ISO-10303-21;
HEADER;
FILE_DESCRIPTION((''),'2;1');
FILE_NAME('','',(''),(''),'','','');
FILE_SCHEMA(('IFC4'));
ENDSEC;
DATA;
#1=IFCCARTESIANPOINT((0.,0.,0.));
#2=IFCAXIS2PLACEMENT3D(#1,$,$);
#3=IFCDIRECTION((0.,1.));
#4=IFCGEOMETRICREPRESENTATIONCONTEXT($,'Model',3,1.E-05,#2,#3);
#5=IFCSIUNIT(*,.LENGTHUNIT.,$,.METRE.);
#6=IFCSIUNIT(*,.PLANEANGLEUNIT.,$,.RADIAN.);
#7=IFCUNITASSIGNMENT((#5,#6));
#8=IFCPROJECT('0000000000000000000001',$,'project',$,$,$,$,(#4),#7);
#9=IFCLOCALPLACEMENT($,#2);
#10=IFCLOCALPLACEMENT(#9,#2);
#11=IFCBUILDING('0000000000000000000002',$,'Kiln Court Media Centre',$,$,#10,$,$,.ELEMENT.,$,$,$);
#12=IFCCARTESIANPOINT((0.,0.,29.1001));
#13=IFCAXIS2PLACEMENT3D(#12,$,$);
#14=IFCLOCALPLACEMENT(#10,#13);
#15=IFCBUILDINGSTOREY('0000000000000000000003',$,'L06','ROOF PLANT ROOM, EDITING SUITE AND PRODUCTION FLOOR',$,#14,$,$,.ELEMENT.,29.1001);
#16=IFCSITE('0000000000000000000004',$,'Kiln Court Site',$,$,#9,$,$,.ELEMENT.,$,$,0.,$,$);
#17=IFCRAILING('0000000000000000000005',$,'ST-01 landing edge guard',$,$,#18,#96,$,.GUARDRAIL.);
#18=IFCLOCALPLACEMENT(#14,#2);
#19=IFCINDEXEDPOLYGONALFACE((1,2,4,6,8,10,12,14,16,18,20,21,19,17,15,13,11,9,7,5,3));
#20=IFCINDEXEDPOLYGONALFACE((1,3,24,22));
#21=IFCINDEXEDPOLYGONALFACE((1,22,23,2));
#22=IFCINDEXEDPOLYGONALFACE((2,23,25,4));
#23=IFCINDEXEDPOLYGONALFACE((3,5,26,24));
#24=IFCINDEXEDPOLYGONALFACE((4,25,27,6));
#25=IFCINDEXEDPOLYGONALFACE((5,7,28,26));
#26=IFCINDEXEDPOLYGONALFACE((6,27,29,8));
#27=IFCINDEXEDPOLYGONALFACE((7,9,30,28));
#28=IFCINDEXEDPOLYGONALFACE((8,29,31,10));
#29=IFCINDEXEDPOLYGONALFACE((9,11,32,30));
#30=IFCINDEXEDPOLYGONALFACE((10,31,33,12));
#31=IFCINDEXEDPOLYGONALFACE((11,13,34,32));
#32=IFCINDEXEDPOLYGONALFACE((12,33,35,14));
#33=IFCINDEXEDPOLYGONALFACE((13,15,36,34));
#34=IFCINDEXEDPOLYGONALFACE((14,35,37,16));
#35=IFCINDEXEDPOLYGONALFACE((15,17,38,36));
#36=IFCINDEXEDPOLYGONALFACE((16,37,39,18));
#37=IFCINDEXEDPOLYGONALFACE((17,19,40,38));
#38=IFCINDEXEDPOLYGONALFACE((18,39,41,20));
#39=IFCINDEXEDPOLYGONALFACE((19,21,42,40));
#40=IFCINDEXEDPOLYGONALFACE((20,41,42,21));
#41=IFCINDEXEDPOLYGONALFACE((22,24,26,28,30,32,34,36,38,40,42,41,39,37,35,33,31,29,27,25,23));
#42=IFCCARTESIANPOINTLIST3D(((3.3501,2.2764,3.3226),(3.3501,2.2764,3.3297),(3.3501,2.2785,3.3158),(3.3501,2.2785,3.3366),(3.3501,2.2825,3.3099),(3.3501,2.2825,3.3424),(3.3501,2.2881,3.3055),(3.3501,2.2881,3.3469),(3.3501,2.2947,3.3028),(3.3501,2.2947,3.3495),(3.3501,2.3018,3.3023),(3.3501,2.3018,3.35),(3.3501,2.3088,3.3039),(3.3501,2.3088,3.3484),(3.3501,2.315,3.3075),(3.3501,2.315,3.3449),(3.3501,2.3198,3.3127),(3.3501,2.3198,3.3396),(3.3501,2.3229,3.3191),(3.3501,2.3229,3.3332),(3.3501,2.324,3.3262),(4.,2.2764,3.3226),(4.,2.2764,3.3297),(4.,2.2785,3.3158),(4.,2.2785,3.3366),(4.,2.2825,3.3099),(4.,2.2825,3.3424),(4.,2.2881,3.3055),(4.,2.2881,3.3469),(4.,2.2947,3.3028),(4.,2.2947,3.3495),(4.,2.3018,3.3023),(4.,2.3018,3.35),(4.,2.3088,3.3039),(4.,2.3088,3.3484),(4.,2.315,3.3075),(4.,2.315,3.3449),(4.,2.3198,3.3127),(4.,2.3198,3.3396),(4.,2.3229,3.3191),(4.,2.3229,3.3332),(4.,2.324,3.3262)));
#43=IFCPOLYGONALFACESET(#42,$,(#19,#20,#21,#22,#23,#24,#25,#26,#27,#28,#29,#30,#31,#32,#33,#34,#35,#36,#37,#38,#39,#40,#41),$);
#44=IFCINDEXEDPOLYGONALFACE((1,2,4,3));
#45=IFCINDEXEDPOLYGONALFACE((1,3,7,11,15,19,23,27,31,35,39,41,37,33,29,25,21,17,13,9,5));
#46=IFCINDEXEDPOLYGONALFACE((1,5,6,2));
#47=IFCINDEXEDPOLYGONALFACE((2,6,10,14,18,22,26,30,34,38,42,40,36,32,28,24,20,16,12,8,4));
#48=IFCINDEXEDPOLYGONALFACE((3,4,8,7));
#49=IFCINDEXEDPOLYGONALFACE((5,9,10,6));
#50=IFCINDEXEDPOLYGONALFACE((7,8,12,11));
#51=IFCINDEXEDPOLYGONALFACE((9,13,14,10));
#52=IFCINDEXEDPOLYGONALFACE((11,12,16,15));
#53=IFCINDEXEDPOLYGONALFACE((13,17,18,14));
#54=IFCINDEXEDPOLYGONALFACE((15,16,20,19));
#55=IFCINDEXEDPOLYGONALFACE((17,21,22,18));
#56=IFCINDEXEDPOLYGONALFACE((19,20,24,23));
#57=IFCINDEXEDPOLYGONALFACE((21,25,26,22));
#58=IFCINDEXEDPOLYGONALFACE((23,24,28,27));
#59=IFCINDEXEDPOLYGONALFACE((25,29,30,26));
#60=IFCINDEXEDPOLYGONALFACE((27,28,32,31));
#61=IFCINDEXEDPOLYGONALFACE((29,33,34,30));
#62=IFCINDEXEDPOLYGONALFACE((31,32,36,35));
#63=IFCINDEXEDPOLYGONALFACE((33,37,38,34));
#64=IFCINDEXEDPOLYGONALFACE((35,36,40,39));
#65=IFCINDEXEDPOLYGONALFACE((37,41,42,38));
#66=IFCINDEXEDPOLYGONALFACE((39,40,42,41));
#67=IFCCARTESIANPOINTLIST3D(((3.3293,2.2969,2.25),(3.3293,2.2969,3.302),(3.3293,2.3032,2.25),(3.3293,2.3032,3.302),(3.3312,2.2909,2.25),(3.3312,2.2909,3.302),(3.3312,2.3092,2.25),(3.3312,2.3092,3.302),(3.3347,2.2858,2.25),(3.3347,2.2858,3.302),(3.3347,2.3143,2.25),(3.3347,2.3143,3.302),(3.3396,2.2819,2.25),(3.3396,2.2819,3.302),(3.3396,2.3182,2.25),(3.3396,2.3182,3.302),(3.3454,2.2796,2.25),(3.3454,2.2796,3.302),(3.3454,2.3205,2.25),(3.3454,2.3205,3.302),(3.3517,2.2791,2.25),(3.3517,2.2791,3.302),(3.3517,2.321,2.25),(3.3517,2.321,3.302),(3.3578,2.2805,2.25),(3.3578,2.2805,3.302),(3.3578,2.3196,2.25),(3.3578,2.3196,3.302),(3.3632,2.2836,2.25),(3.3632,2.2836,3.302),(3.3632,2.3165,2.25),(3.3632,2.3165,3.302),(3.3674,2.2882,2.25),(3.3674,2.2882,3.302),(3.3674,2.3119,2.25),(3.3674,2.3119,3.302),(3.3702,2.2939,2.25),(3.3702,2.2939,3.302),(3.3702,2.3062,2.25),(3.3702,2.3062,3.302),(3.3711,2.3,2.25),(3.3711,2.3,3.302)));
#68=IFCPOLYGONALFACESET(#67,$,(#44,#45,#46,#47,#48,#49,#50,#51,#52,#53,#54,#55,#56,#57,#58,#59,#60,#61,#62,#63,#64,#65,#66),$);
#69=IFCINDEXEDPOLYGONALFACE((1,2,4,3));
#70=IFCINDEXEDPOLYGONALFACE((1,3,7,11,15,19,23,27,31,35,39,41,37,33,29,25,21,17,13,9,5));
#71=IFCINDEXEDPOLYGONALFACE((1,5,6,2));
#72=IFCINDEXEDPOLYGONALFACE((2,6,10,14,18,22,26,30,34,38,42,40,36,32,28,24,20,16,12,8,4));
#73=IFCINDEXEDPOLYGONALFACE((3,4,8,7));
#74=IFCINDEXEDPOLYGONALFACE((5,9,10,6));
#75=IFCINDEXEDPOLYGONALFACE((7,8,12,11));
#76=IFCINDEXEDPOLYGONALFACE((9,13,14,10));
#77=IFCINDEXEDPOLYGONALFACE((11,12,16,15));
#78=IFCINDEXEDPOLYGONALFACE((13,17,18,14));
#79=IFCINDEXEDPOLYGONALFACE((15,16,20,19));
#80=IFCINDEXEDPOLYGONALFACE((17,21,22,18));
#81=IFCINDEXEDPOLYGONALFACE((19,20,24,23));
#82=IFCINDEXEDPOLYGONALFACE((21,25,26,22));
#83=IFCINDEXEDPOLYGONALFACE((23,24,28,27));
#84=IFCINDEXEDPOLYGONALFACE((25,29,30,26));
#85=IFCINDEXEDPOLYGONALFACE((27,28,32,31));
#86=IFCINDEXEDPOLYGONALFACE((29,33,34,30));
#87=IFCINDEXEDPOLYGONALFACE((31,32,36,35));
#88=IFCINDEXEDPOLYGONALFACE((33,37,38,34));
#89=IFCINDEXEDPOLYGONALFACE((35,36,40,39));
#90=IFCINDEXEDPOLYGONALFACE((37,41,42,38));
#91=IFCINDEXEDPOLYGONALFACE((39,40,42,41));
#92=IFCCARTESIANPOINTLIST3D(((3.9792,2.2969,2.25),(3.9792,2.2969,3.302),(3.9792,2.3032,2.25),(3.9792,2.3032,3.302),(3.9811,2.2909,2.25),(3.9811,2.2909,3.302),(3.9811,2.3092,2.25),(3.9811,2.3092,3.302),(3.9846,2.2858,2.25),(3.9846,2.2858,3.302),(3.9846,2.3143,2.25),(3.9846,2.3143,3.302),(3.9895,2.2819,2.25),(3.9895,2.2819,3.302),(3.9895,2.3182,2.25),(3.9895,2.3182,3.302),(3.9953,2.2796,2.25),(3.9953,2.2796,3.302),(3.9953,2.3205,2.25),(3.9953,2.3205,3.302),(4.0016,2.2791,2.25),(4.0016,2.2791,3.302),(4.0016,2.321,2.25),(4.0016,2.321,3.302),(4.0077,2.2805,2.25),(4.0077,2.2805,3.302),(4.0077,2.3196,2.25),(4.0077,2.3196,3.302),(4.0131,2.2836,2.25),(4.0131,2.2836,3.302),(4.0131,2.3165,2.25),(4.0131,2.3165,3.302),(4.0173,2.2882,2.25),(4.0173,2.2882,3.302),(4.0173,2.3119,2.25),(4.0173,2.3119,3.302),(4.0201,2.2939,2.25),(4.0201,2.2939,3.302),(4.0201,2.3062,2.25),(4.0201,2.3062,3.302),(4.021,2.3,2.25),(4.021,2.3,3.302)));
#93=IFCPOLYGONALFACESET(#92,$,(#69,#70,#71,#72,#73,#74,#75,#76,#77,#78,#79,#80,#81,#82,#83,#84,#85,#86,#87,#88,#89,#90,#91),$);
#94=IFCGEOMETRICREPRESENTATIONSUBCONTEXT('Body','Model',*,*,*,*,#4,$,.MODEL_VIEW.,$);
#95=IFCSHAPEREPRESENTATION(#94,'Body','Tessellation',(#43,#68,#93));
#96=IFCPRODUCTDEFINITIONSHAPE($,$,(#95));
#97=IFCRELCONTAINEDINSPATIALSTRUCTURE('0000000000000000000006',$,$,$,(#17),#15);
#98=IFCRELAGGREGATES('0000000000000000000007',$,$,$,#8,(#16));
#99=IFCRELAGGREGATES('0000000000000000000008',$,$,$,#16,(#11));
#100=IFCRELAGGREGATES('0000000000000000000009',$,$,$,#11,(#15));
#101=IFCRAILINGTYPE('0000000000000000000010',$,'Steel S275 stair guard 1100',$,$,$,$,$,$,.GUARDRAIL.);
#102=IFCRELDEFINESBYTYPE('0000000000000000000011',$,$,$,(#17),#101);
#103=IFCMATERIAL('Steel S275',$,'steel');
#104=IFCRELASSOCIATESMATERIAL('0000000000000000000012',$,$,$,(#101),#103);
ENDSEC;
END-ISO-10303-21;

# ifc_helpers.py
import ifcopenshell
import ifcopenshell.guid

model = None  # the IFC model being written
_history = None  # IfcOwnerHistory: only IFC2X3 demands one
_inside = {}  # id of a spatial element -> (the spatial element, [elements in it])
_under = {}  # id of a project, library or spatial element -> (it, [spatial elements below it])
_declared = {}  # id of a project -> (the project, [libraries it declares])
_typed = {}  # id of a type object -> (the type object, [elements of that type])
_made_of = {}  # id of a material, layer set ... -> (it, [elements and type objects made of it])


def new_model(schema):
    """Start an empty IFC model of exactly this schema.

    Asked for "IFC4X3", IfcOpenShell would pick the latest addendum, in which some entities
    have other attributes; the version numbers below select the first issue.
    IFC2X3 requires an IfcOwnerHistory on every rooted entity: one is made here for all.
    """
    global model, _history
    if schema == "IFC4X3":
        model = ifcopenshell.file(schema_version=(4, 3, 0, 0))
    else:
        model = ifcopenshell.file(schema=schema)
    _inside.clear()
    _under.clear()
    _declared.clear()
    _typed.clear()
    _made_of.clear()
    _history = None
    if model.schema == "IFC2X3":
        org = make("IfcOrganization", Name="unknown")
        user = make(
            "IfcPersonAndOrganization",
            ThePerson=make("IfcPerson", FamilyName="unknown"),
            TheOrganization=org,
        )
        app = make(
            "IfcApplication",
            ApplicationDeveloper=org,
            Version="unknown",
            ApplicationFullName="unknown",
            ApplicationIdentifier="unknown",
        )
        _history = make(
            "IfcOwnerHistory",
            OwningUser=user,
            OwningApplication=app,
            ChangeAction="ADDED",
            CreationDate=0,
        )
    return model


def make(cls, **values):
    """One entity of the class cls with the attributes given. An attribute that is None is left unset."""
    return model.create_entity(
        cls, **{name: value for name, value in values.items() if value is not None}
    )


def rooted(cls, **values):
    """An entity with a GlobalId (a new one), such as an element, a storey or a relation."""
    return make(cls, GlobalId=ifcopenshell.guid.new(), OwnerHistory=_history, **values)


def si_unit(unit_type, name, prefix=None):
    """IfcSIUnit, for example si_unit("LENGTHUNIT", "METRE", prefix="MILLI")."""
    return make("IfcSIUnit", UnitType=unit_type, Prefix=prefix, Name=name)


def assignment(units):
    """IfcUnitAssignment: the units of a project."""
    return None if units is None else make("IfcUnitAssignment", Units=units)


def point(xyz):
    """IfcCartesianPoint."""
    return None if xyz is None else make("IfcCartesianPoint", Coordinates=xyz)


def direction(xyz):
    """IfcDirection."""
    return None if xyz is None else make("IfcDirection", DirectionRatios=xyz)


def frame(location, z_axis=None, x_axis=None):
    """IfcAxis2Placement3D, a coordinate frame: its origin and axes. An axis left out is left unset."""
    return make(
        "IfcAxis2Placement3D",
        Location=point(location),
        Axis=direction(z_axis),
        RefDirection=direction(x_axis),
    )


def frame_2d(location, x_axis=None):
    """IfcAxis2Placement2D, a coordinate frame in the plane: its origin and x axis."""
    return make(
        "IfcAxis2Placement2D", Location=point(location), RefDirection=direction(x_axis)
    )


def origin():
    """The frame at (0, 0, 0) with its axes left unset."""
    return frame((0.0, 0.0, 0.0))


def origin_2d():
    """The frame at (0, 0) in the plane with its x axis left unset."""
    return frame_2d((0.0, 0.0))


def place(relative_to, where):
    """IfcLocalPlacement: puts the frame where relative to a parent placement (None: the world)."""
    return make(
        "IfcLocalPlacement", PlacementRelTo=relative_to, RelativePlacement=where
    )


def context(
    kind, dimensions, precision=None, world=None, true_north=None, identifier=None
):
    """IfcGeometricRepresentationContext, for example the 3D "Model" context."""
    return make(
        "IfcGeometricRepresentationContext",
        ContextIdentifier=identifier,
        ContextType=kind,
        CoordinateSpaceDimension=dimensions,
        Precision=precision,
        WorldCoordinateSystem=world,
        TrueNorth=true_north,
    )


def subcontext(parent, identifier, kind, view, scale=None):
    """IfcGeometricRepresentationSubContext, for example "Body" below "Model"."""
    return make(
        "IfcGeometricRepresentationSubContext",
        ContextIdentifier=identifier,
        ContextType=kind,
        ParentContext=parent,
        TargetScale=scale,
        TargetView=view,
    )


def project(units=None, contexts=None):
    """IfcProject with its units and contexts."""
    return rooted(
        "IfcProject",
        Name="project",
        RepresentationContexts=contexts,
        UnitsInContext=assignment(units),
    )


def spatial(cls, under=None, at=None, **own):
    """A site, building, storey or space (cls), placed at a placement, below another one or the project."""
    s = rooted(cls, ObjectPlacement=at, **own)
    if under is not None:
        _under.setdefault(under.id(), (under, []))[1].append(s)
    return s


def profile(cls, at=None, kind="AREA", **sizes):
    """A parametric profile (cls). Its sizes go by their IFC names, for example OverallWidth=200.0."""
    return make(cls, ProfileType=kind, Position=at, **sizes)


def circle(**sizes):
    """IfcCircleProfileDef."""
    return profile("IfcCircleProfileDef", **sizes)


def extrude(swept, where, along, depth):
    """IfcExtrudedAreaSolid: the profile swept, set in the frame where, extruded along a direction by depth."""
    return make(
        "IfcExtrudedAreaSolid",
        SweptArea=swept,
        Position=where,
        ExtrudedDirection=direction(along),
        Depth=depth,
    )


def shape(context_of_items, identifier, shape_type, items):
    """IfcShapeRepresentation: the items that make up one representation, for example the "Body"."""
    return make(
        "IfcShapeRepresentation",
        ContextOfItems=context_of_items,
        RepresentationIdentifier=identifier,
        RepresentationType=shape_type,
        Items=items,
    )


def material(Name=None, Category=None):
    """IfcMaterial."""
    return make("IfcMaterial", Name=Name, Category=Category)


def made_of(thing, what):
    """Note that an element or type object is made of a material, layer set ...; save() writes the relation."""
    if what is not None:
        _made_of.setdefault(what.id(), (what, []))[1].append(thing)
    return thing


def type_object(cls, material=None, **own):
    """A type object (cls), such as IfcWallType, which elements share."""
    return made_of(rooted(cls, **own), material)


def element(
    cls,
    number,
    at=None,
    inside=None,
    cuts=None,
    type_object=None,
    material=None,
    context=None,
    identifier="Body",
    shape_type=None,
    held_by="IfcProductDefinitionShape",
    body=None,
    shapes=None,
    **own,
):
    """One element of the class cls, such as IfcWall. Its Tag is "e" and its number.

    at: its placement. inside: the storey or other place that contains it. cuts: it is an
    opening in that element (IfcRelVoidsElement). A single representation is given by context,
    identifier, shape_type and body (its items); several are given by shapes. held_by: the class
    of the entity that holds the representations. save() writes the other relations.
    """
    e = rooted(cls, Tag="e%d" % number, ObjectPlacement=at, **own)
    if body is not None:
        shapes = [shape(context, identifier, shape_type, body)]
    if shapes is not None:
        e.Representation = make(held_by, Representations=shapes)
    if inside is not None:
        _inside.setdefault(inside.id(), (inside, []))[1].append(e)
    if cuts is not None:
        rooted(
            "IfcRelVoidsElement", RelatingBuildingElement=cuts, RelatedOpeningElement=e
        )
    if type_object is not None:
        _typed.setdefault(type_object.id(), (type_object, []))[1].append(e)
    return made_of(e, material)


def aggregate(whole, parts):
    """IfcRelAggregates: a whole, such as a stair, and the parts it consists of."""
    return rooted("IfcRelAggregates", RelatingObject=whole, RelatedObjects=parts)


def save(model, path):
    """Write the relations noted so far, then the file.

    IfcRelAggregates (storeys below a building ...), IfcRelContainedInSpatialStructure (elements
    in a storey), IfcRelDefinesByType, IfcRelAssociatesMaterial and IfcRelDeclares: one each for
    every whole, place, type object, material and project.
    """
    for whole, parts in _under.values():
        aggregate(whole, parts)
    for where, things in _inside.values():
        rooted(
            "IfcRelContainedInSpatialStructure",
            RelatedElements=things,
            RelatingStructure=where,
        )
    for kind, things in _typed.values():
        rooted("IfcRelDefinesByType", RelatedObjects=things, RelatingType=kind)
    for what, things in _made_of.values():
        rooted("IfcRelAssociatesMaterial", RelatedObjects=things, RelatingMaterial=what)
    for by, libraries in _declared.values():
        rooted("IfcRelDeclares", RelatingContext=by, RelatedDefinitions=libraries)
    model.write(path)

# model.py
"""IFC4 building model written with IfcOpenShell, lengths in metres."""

from ifc_helpers import new_model, si_unit, direction, frame, origin, origin_2d, place, context, subcontext, project, spatial, circle, extrude, material, type_object, element, save


model = new_model("IFC4")

# Units and contexts
model_context = context("Model", 3, precision=1e-05, world=origin(), true_north=direction((0.0, 1.0)))
body_context = subcontext(model_context, "Body", "Model", "MODEL_VIEW")
ifc_project = project(units=[si_unit("LENGTHUNIT", "METRE"), si_unit("PLANEANGLEUNIT", "RADIAN")], contexts=[model_context])

# Site, building, storey
site_placement = place(None, origin())
site = spatial("IfcSite", under=ifc_project, at=site_placement, Name="Kiln Court Site", CompositionType="ELEMENT", RefElevation=0.0)
building_placement = place(site_placement, origin())
building = spatial("IfcBuilding", under=site, at=building_placement, Name="Kiln Court Media Centre", CompositionType="ELEMENT")
storey_placement = place(building_placement, frame((0.0, 0.0, 29.1001)))
storey = spatial("IfcBuildingStorey", under=building, at=storey_placement, Name="L06", Description="ROOF PLANT ROOM, EDITING SUITE AND PRODUCTION FLOOR", CompositionType="ELEMENT", Elevation=29.1001)

# Railing
ifc_material_1 = material(Name="Steel S275", Category="steel")
railing_type_1 = type_object("IfcRailingType", Name="Steel S275 stair guard 1100", PredefinedType="GUARDRAIL", material=ifc_material_1)
railing_placement = place(storey_placement, frame((3.3501, 2.3, 2.25)))
element("IfcRailing", 1, at=railing_placement, inside=storey, type_object=railing_type_1, Name="ST-01 landing edge guard", PredefinedType="GUARDRAIL", context=body_context, shape_type="SweptSolid", body=[
    extrude(circle(Radius=0.0239, at=origin_2d()), frame((0.0, 0.0, 1.0762), z_axis=(1.0, 0.0, 0.0), x_axis=(0.0, 1.0, 0.0)), (0.0, 0.0, 1.0), 0.6499),
    extrude(circle(Radius=0.021, at=origin_2d()), origin(), (0.0, 0.0, 1.0), 1.052),
    extrude(circle(Radius=0.021, at=origin_2d()), frame((0.6499, 0.0, 0.0)), (0.0, 0.0, 1.0), 1.052),
])

save(model, "model.ifc")
